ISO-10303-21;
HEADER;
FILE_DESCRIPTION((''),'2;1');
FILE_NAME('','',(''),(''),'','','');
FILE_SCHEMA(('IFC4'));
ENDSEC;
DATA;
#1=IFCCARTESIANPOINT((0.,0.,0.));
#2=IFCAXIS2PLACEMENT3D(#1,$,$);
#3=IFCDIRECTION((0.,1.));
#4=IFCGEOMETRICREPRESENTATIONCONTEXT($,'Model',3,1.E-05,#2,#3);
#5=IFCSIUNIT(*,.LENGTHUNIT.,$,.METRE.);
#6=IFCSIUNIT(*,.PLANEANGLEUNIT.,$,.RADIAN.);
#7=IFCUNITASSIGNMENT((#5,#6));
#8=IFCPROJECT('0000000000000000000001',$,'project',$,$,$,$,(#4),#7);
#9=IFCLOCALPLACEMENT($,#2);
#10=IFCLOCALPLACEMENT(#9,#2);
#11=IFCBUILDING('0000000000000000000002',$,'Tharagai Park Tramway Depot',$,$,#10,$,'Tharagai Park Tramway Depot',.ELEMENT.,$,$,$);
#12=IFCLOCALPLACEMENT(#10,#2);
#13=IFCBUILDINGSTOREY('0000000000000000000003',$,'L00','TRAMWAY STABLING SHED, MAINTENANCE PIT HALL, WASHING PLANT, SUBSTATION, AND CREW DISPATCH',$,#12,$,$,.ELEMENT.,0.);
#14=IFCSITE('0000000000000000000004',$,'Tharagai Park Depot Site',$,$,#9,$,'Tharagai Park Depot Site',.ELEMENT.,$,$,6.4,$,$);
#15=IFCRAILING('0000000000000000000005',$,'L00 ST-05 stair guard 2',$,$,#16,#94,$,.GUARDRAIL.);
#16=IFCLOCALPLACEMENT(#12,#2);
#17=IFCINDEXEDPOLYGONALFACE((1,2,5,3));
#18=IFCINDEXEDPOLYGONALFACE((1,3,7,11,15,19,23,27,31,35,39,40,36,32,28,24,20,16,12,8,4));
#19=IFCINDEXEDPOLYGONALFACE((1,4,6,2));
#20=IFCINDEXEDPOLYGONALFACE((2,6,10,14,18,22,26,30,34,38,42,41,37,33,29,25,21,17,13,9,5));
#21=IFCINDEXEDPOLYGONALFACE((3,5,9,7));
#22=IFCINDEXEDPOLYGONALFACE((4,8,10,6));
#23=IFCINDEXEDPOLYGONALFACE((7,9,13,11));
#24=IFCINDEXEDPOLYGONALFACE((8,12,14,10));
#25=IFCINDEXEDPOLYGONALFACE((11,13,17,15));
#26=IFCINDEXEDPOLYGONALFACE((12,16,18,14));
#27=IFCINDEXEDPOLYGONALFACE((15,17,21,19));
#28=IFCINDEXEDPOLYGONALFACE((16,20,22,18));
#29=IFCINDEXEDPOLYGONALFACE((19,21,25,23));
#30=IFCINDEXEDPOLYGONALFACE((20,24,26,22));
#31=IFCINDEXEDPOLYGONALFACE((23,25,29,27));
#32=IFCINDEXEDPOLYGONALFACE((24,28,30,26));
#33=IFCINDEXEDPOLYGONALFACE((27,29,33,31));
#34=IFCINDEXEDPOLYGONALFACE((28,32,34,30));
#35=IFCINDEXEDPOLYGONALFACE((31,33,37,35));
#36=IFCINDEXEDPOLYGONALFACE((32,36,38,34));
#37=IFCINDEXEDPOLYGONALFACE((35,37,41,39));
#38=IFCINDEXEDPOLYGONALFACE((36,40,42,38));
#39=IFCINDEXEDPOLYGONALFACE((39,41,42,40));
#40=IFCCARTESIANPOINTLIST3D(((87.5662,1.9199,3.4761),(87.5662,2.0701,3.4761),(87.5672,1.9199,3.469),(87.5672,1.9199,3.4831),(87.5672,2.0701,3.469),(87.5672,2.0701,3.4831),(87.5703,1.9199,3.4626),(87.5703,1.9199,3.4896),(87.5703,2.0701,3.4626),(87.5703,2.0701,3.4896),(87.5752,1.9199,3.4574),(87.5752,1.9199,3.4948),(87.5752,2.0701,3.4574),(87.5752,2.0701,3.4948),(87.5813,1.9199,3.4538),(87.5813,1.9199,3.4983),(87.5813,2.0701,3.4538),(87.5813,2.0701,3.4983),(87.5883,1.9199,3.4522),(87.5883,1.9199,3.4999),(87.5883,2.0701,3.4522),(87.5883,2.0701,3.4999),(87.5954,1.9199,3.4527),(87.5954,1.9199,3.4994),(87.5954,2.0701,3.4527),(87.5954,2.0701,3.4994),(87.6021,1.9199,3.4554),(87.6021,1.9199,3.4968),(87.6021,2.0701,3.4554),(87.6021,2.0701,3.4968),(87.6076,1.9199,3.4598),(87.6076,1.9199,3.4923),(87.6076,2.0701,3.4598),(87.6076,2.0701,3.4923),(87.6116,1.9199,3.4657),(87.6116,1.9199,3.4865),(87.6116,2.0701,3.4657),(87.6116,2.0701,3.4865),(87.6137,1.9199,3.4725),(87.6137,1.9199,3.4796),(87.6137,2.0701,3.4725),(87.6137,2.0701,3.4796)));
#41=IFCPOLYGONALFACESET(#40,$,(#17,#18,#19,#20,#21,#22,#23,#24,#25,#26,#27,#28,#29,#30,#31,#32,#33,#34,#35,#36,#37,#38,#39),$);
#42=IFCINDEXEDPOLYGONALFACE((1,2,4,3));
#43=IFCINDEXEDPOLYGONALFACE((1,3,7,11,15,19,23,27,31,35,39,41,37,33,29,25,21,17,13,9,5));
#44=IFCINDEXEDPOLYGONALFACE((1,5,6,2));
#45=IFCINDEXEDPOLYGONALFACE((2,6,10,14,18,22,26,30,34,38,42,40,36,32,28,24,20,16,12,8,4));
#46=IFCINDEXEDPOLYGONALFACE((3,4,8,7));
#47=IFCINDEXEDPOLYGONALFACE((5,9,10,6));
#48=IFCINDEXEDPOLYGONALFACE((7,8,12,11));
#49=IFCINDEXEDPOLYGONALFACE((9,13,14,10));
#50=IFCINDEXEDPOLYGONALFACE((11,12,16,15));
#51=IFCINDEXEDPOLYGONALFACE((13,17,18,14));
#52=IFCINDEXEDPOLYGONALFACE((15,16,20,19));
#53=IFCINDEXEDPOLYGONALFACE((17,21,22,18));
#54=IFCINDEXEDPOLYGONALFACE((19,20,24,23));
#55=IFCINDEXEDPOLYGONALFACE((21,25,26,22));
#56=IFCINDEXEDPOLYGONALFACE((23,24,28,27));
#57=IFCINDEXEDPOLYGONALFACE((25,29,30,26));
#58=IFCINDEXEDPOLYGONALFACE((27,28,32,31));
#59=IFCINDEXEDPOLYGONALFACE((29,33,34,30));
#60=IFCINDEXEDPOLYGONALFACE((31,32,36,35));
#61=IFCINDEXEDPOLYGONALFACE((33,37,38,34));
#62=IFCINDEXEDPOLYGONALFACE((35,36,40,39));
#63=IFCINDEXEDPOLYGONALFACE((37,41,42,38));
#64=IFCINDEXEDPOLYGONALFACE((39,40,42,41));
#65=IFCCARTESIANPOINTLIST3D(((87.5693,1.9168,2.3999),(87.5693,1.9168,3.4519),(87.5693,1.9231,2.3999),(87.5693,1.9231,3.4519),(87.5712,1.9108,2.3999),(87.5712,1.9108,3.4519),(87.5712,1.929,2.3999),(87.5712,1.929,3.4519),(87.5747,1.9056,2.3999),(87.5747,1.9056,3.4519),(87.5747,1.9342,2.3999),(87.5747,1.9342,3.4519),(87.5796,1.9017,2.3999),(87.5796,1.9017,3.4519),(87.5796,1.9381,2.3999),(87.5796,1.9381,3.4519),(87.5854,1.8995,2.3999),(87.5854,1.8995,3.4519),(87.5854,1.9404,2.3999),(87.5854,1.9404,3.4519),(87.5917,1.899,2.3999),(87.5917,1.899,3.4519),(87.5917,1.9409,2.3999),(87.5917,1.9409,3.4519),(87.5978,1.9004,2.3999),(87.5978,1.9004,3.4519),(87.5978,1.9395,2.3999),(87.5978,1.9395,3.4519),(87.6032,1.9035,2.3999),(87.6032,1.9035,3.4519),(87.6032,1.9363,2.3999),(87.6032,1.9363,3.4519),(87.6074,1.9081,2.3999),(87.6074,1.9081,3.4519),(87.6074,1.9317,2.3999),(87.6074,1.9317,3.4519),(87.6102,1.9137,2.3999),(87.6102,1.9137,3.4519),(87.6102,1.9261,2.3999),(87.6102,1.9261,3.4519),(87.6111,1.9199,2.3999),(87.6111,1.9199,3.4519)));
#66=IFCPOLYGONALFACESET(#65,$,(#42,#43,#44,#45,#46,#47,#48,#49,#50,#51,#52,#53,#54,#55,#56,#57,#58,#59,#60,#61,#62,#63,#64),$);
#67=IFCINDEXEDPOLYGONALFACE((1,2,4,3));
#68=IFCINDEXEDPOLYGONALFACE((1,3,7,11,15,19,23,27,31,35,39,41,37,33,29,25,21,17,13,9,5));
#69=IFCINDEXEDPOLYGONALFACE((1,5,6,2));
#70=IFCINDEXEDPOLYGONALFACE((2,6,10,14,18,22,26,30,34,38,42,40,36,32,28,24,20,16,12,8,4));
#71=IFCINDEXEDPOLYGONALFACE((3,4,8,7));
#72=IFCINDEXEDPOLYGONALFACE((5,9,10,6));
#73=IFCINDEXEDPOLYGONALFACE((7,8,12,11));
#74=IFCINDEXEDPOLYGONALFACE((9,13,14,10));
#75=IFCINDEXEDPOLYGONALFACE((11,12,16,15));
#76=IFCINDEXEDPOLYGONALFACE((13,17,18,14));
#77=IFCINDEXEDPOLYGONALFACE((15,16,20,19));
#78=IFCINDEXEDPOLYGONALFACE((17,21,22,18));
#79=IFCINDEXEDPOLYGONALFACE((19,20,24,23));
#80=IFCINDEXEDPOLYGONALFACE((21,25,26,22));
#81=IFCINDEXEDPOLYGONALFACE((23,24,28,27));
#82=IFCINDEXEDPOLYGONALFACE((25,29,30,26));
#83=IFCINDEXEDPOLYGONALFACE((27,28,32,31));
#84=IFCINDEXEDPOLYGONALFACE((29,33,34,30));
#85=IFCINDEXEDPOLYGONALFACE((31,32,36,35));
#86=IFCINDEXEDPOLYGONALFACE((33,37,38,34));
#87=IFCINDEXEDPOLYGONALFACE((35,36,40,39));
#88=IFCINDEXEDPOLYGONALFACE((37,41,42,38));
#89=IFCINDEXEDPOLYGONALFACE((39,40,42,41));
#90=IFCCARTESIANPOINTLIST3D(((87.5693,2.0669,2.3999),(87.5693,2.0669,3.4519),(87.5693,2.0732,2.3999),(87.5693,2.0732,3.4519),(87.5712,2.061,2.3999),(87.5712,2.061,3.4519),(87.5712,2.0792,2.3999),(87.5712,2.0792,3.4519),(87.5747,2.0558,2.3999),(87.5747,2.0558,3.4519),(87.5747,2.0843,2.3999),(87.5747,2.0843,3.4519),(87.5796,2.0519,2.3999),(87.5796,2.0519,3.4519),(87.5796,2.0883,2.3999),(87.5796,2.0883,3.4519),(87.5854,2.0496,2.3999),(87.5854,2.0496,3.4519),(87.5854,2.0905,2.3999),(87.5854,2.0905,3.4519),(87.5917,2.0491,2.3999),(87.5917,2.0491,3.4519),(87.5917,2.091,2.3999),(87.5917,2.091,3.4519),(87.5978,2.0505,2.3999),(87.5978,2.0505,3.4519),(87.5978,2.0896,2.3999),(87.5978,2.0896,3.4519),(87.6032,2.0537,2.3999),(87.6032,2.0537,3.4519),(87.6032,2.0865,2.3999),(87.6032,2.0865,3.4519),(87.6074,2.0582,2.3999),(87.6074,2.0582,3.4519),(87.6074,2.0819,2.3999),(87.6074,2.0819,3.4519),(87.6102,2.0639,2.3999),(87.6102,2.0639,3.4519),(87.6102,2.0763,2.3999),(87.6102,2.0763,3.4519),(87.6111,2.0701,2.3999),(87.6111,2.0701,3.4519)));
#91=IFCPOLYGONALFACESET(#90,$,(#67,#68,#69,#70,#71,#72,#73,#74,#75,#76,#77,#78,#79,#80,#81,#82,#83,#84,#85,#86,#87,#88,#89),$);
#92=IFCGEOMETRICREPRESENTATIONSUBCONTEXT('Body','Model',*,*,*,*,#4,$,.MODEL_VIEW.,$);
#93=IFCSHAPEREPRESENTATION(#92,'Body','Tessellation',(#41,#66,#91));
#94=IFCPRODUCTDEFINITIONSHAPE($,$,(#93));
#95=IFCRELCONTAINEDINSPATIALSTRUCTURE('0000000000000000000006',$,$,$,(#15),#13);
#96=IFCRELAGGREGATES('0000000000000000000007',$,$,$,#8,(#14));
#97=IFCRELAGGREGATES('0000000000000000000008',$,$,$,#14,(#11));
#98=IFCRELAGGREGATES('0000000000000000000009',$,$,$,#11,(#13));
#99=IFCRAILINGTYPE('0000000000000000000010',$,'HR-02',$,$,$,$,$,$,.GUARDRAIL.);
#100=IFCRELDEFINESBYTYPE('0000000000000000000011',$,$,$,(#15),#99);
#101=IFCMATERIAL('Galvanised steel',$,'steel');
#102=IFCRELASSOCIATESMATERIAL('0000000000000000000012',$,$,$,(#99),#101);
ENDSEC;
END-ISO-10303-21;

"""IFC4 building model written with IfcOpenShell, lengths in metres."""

from ifc_helpers import new_model, si_unit, direction, frame, origin, origin_2d, place, context, subcontext, project, spatial, circle, extrude, material, type_object, element, save


model = new_model("IFC4")

# Units and contexts
model_context = context("Model", 3, precision=1e-05, world=origin(), true_north=direction((0.0, 1.0)))
body_context = subcontext(model_context, "Body", "Model", "MODEL_VIEW")
ifc_project = project(units=[si_unit("LENGTHUNIT", "METRE"), si_unit("PLANEANGLEUNIT", "RADIAN")], contexts=[model_context])

# Site, building, storey
site_placement = place(None, origin())
site = spatial("IfcSite", under=ifc_project, at=site_placement, Name="Tharagai Park Depot Site", LongName="Tharagai Park Depot Site", CompositionType="ELEMENT", RefElevation=6.4)
building_placement = place(site_placement, origin())
building = spatial("IfcBuilding", under=site, at=building_placement, Name="Tharagai Park Tramway Depot", LongName="Tharagai Park Tramway Depot", CompositionType="ELEMENT")
storey_placement = place(building_placement, origin())
storey = spatial("IfcBuildingStorey", under=building, at=storey_placement, Name="L00", Description="TRAMWAY STABLING SHED, MAINTENANCE PIT HALL, WASHING PLANT, SUBSTATION, AND CREW DISPATCH", CompositionType="ELEMENT", Elevation=0.0)

# Shared definitions
ifc_material_1 = material(Name="Galvanised steel", Category="steel")

# Railing
railing_type_1 = type_object("IfcRailingType", Name="HR-02", PredefinedType="GUARDRAIL", material=ifc_material_1)
railing_1_placement = place(storey_placement, frame((87.5901, 1.9199, 2.3999)))
element("IfcRailing", 1, at=railing_1_placement, inside=storey, type_object=railing_type_1, Name="L00 ST-05 stair guard 2", PredefinedType="GUARDRAIL", context=body_context, shape_type="SweptSolid", body=[
    extrude(circle(Radius=0.0239, at=origin_2d()), frame((0.0, 0.0, 1.0762), z_axis=(0.0, 1.0, 0.0), x_axis=(-1.0, 0.0, 0.0)), (0.0, 0.0, 1.0), 0.1501),
    extrude(circle(Radius=0.021, at=origin_2d()), origin(), (0.0, 0.0, 1.0), 1.052),
    extrude(circle(Radius=0.021, at=origin_2d()), frame((0.0, 0.1501, 0.0)), (0.0, 0.0, 1.0), 1.052),
])

save(model, "model.ifc")
